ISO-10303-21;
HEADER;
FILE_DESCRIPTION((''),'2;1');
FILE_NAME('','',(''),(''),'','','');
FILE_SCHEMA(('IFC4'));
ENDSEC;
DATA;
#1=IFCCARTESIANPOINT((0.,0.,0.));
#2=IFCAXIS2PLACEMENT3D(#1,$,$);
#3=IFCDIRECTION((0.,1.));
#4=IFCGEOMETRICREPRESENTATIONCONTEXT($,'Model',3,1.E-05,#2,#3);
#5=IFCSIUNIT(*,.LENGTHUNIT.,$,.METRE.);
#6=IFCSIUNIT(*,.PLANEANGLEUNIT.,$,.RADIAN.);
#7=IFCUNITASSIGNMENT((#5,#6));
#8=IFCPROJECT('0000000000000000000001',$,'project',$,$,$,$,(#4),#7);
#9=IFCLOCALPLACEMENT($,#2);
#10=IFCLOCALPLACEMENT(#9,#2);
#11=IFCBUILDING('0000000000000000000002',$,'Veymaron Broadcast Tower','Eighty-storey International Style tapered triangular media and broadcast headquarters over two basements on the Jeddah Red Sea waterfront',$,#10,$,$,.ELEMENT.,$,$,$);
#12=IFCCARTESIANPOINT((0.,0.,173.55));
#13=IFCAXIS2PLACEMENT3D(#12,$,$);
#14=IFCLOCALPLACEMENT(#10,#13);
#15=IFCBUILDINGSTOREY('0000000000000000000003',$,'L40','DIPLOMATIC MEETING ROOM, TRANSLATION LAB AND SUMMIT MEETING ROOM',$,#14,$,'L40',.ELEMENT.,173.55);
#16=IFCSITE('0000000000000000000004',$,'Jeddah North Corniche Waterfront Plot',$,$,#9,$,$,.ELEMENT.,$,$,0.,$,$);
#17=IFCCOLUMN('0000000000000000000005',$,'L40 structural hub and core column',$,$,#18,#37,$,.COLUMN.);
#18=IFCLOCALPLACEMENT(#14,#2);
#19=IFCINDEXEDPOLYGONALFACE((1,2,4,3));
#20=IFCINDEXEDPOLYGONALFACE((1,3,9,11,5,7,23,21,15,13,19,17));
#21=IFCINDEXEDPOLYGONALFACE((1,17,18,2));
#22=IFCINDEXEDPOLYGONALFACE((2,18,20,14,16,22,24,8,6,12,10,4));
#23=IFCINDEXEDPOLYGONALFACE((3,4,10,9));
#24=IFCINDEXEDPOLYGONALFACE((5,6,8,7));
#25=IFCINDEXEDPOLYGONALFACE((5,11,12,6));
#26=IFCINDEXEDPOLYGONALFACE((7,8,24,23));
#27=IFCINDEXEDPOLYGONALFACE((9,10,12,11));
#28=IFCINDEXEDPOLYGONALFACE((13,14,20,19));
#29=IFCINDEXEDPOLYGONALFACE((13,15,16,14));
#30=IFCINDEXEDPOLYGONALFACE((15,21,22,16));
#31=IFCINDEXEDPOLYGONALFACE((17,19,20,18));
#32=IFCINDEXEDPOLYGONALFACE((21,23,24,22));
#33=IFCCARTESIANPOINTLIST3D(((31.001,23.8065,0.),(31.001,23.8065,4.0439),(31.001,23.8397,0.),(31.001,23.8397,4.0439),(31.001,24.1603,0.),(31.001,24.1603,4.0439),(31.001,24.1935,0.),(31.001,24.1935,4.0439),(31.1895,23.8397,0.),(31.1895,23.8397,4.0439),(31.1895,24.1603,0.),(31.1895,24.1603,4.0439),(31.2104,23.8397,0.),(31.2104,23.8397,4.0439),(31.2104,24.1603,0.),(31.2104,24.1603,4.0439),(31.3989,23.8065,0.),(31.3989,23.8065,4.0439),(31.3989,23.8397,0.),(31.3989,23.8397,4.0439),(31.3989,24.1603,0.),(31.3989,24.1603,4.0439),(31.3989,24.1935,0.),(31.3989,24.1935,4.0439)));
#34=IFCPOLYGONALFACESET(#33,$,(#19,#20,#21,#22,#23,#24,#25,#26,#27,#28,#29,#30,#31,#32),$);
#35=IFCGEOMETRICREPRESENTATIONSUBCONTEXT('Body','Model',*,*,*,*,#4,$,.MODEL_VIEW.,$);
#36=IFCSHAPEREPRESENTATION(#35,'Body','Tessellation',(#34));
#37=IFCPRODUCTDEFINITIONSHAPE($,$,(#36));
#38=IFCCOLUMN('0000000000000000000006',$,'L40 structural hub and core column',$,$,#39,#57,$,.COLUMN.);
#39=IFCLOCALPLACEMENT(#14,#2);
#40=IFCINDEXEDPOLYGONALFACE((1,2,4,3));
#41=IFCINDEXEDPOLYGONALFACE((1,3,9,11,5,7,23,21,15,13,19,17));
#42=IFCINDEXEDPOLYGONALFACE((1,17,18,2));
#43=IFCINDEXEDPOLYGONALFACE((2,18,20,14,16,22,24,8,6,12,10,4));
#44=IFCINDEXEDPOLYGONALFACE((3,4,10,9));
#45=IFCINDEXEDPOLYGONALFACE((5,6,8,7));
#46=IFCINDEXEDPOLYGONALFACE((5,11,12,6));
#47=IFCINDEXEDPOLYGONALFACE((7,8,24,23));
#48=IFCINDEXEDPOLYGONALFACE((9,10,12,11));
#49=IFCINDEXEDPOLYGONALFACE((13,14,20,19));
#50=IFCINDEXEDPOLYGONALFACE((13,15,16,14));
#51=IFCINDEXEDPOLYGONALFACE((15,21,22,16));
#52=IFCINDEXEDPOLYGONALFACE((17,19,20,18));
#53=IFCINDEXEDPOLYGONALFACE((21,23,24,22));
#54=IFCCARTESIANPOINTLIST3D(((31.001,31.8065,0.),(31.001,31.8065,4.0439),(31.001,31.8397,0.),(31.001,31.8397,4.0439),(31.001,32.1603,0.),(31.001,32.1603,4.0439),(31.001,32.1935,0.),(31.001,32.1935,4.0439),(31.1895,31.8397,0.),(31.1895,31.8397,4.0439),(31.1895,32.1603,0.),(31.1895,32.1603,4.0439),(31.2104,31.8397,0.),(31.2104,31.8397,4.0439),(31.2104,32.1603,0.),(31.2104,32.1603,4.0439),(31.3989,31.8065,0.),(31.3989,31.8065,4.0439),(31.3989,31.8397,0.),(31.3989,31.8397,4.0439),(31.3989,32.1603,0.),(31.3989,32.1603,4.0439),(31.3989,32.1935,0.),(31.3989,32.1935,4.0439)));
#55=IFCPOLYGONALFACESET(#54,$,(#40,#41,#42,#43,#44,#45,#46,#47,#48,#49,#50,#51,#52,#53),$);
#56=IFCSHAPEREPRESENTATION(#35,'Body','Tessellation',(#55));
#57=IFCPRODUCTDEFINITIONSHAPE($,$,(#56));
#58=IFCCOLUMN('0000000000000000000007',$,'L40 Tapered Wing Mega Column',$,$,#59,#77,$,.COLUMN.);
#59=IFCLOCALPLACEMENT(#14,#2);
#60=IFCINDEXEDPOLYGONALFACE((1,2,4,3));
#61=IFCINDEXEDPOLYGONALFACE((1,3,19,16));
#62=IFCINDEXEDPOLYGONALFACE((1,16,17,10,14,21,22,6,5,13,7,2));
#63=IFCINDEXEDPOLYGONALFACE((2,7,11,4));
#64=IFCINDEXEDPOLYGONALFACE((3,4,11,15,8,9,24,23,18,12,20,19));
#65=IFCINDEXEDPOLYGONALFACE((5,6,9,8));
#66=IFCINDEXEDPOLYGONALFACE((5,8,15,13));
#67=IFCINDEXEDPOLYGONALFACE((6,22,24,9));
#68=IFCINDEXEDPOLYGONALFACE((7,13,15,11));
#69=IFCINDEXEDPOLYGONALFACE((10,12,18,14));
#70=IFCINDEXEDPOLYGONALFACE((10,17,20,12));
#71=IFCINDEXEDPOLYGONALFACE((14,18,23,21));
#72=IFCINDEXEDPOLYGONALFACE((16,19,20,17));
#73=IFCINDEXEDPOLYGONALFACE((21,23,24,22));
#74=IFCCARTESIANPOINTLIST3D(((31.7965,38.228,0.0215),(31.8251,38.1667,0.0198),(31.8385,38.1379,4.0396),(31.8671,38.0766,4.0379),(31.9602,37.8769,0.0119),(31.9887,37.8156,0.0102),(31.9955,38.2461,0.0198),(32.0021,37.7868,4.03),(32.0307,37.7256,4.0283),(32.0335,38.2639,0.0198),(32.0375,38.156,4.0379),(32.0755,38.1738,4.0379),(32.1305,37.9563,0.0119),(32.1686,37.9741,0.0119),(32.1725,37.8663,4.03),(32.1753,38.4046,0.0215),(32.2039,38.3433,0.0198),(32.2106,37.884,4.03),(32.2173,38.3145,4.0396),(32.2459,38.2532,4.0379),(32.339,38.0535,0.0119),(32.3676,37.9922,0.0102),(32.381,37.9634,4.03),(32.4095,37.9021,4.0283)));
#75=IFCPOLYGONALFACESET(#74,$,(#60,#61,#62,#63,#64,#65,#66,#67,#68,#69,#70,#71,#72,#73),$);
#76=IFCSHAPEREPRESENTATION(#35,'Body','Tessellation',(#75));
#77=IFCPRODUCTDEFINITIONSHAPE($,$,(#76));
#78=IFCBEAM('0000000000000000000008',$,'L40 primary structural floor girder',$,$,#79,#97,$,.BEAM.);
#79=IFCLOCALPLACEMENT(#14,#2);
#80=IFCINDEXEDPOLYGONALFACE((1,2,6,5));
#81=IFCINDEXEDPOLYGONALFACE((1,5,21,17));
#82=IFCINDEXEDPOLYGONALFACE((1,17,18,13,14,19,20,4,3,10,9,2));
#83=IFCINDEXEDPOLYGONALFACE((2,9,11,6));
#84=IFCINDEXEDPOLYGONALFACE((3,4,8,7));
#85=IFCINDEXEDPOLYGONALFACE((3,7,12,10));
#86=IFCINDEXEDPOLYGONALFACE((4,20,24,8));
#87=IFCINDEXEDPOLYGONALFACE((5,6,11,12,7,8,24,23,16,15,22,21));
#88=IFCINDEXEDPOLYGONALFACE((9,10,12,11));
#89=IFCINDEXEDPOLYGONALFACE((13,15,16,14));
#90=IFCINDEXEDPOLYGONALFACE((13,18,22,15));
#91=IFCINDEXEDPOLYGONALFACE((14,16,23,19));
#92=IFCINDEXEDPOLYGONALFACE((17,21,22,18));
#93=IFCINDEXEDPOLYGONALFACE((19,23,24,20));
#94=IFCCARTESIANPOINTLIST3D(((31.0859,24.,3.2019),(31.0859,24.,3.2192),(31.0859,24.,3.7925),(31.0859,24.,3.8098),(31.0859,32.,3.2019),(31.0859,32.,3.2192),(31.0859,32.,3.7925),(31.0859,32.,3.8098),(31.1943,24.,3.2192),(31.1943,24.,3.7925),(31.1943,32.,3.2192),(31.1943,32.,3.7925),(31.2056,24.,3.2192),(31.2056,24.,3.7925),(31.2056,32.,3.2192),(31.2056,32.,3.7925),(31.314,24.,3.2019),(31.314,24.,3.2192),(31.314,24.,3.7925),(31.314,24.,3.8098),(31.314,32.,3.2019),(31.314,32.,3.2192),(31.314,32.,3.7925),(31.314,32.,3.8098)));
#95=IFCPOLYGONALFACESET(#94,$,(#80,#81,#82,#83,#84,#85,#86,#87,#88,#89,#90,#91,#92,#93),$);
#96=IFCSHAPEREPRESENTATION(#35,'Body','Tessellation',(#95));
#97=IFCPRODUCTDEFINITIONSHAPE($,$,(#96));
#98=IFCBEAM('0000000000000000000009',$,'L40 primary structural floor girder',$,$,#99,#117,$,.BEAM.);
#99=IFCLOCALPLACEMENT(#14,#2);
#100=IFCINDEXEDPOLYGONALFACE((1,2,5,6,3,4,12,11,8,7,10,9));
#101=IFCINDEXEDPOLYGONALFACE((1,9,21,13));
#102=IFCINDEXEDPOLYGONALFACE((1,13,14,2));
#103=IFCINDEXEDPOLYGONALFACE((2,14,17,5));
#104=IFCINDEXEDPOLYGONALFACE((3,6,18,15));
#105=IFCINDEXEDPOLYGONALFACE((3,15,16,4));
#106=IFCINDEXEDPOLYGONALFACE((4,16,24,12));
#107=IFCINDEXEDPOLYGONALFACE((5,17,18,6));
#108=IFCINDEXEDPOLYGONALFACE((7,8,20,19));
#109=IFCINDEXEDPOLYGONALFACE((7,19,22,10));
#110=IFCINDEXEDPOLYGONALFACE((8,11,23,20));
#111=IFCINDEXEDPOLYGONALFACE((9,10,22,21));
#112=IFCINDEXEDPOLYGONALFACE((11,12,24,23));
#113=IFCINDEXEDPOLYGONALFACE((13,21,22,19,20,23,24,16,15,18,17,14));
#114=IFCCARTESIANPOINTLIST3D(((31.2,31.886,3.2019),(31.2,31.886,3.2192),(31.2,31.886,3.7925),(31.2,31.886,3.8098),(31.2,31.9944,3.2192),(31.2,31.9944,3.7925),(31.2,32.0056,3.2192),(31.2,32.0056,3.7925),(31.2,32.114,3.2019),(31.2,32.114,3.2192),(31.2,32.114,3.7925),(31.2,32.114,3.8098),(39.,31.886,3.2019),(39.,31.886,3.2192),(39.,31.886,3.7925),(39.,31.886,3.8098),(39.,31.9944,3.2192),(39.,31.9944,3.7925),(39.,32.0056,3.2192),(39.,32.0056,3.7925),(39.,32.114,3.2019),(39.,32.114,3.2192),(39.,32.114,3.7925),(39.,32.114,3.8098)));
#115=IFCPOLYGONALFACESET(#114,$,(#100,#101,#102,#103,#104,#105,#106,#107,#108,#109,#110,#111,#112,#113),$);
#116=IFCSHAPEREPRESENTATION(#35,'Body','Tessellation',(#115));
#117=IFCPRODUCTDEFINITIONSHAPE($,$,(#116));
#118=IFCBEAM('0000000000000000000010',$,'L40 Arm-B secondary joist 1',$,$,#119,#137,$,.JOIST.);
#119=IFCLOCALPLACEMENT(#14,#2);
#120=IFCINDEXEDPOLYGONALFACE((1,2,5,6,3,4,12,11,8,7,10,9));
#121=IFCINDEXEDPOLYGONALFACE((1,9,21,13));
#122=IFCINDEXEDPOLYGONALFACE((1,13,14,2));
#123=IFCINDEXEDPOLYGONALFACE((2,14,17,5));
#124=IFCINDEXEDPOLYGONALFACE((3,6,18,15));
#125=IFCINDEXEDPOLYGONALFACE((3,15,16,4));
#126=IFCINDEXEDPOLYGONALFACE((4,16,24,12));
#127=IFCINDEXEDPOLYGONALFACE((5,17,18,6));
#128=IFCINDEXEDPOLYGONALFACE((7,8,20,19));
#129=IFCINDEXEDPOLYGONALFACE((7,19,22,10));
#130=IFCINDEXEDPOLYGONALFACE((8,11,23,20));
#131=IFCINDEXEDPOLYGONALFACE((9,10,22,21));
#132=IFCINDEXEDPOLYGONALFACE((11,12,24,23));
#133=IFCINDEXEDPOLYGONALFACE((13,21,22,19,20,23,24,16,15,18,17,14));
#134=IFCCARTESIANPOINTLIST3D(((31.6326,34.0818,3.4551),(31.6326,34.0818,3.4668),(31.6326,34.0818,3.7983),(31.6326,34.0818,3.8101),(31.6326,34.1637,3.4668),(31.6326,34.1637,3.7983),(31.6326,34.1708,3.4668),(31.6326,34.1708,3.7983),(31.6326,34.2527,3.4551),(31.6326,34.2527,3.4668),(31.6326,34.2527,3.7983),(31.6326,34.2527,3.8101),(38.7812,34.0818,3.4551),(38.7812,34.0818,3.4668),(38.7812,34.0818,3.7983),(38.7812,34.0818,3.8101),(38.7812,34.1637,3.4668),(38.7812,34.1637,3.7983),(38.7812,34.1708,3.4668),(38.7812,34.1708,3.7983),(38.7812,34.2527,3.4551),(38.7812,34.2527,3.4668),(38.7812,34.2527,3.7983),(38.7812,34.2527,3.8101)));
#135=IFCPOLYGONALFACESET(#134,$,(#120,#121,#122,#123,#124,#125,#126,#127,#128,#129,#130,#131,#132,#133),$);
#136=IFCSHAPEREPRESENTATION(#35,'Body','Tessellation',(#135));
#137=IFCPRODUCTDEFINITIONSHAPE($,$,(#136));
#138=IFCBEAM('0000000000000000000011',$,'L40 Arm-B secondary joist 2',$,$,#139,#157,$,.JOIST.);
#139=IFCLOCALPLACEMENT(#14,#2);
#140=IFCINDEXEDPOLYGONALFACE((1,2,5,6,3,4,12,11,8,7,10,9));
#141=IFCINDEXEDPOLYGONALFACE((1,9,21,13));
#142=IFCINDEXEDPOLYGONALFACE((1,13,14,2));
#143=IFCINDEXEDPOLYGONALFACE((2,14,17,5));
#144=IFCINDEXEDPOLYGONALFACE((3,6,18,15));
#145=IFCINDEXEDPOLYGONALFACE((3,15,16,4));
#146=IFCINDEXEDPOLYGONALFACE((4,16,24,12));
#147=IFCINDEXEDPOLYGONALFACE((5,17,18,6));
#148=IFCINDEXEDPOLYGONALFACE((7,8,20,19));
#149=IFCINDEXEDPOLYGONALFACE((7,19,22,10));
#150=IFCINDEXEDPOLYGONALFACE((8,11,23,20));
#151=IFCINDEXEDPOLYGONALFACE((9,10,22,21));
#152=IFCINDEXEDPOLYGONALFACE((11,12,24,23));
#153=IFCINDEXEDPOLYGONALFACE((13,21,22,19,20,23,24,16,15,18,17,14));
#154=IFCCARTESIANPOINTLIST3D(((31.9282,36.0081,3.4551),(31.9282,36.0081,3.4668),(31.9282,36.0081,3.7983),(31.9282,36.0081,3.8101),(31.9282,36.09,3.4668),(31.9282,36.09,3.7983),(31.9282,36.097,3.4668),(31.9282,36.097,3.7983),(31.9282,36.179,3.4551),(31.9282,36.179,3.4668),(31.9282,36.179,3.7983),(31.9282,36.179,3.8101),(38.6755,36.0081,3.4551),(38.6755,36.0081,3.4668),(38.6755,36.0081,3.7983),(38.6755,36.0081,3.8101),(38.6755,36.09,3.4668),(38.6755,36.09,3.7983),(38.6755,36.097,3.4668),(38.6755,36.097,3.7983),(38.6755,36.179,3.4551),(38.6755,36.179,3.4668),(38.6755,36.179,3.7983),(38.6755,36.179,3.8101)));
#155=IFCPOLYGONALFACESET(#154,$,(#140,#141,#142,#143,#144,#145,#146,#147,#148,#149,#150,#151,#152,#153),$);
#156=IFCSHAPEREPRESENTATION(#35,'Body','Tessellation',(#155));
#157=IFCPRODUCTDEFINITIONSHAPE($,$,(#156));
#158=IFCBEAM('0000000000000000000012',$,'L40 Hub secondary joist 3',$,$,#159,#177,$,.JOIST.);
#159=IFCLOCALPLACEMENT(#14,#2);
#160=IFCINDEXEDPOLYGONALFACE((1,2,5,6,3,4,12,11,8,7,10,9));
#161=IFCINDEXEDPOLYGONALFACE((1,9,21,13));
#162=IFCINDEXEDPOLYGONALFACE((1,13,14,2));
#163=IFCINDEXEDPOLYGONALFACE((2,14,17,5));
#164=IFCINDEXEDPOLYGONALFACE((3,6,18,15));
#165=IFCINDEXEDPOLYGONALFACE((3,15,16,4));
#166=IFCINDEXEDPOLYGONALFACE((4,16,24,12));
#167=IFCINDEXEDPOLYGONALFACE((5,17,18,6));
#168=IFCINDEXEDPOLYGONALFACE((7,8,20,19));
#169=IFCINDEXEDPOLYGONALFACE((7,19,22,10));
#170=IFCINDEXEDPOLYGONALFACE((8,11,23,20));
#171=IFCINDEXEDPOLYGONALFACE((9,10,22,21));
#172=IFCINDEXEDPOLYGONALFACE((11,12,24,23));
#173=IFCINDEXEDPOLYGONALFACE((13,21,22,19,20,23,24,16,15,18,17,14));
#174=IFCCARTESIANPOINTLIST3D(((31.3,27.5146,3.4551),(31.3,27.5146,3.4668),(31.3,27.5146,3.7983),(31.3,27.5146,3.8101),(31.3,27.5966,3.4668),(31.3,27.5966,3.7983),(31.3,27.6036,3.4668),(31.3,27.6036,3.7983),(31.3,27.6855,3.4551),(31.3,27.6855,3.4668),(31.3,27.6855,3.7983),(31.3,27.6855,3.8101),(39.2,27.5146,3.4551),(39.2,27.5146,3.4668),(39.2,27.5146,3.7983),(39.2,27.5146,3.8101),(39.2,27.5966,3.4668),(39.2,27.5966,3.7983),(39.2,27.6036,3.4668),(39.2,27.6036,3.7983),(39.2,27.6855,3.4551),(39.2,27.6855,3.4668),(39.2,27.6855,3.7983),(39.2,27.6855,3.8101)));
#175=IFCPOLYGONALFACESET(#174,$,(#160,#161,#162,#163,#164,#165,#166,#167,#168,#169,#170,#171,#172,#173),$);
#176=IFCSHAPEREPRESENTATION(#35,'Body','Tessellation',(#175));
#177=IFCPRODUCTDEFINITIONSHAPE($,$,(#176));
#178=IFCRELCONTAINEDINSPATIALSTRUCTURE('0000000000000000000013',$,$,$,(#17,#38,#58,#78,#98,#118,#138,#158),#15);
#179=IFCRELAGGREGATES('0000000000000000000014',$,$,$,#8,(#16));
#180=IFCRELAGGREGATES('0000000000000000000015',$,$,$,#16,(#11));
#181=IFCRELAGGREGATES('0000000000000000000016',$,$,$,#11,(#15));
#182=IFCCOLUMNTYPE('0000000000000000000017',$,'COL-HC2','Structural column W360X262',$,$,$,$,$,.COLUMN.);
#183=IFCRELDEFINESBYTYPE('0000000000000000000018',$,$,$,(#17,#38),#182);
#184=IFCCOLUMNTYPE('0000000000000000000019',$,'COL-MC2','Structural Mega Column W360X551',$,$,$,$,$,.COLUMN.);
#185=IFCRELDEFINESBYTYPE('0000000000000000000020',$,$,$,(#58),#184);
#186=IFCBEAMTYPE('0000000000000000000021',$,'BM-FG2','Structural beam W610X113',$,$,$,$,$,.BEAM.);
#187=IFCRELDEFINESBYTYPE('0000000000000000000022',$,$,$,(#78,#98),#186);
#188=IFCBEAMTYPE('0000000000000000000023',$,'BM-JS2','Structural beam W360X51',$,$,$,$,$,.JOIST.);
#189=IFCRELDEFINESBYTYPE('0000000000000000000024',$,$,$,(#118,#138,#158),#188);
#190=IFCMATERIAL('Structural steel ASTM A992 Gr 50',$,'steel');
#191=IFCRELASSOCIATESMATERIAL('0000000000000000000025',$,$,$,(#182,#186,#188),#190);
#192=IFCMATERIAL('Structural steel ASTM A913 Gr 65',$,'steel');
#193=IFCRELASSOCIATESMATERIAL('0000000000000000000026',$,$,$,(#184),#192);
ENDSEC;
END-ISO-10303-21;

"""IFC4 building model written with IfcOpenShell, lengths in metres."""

from ifc_helpers import new_model, si_unit, direction, frame, origin, origin_2d, place, context, subcontext, project, spatial, i_section, extrude, material, material_profile, profile_set, type_object, element, save


model = new_model("IFC4")

# Units and contexts
model_context = context("Model", 3, precision=1e-05, world=origin(), true_north=direction((0.0, 1.0)))
body_context = subcontext(model_context, "Body", "Model", "MODEL_VIEW")
ifc_project = project(units=[si_unit("LENGTHUNIT", "METRE"), si_unit("PLANEANGLEUNIT", "RADIAN")], contexts=[model_context])

# Site, building, storey
site_placement = place(None, origin())
site = spatial("IfcSite", under=ifc_project, at=site_placement, Name="Jeddah North Corniche Waterfront Plot", CompositionType="ELEMENT", RefElevation=0.0)
building_placement = place(site_placement, origin())
building = spatial("IfcBuilding", under=site, at=building_placement, Name="Veymaron Broadcast Tower", Description="Eighty-storey International Style tapered triangular media and broadcast headquarters over two basements on the Jeddah Red Sea waterfront", CompositionType="ELEMENT")
storey_placement = place(building_placement, frame((0.0, 0.0, 173.55)))
storey = spatial("IfcBuildingStorey", under=building, at=storey_placement, Name="L40", Description="DIPLOMATIC MEETING ROOM, TRANSLATION LAB AND SUMMIT MEETING ROOM", LongName="L40", CompositionType="ELEMENT", Elevation=173.55)

# Columns
ifc_material_1 = material(Name="Structural steel ASTM A992 Gr 50", Category="steel")
ifc_material_profile_1 = material_profile(ifc_material_1, i_section(OverallWidth=0.3979, OverallDepth=0.387, WebThickness=0.021, FlangeThickness=0.0332, at=origin_2d()), Name="W360X262")
ifc_profile_set_1 = profile_set([ifc_material_profile_1], Name="Structural steel ASTM A992 Gr 50")
column_type_1 = type_object("IfcColumnType", Name="COL-HC2", Description="Structural column W360X262", PredefinedType="COLUMN", material=ifc_profile_set_1)
for number, where, z_axis, x_axis, name in (
    (1, (31.2, 24.0, 0.0), (0.0, 0.0, 1.0), (1.0, 0.0, 0.0), "L40 structural hub and core column"),
    (2, (31.2, 32.0, 0.0), (0.0, 0.0, 1.0), (1.0, 0.0, 0.0), "L40 structural hub and core column"),
):
    element("IfcColumn", number, at=place(storey_placement, frame(where, z_axis=z_axis, x_axis=x_axis)), inside=storey, type_object=column_type_1, Name=name, PredefinedType="COLUMN", context=body_context, shape_type="SweptSolid", body=[
        extrude(i_section(OverallWidth=0.3979, OverallDepth=0.387, WebThickness=0.021, FlangeThickness=0.0332, at=origin_2d()), origin(), (0.0, 0.0, 1.0), 4.0439),
    ])
ifc_material_2 = material(Name="Structural steel ASTM A913 Gr 65", Category="steel")
ifc_material_profile_2 = material_profile(ifc_material_2, i_section(OverallWidth=0.418, OverallDepth=0.4551, WebThickness=0.042, FlangeThickness=0.0676, at=origin_2d()), Name="W360X551")
ifc_profile_set_2 = profile_set([ifc_material_profile_2], Name="Structural steel ASTM A913 Gr 65")
column_type_2 = type_object("IfcColumnType", Name="COL-MC2", Description="Structural Mega Column W360X551", PredefinedType="COLUMN", material=ifc_profile_set_2)
column_placement = place(storey_placement, frame((32.082, 38.1101, 0.0159), z_axis=(0.010448, -0.022414, 0.999694), x_axis=(0.906371, 0.422482, 0.0)))
element("IfcColumn", 3, at=column_placement, inside=storey, type_object=column_type_2, Name="L40 Tapered Wing Mega Column", PredefinedType="COLUMN", context=body_context, shape_type="SweptSolid", body=[
    extrude(i_section(OverallWidth=0.418, OverallDepth=0.4551, WebThickness=0.042, FlangeThickness=0.0676, at=origin_2d()), origin(), (0.0, 0.0, 1.0), 4.0193),
])

# Beams
ifc_material_profile_3 = material_profile(ifc_material_1, i_section(OverallWidth=0.228, OverallDepth=0.6079, WebThickness=0.0112, FlangeThickness=0.0173, at=origin_2d()), Name="W610X113")
ifc_profile_set_3 = profile_set([ifc_material_profile_3], Name="Structural steel ASTM A992 Gr 50")
beam_type_1 = type_object("IfcBeamType", Name="BM-FG2", Description="Structural beam W610X113", PredefinedType="BEAM", material=ifc_profile_set_3)
beam_1_placement = place(storey_placement, frame((31.2, 24.0, 3.5059), z_axis=(0.0, 1.0, 0.0), x_axis=(-1.0, 0.0, 0.0)))
element("IfcBeam", 4, at=beam_1_placement, inside=storey, type_object=beam_type_1, Name="L40 primary structural floor girder", PredefinedType="BEAM", context=body_context, shape_type="SweptSolid", body=[
    extrude(i_section(OverallWidth=0.228, OverallDepth=0.6079, WebThickness=0.0112, FlangeThickness=0.0173, at=origin_2d()), origin(), (0.0, 0.0, 1.0), 8.0),
])
beam_2_placement = place(storey_placement, frame((31.2, 32.0, 3.5059), z_axis=(1.0, 0.0, 0.0), x_axis=(0.0, 1.0, 0.0)))
element("IfcBeam", 5, at=beam_2_placement, inside=storey, type_object=beam_type_1, Name="L40 primary structural floor girder", PredefinedType="BEAM", context=body_context, shape_type="SweptSolid", body=[
    extrude(i_section(OverallWidth=0.228, OverallDepth=0.6079, WebThickness=0.0112, FlangeThickness=0.0173, at=origin_2d()), origin(), (0.0, 0.0, 1.0), 7.8),
])
ifc_material_profile_4 = material_profile(ifc_material_1, i_section(OverallWidth=0.1709, OverallDepth=0.355, WebThickness=0.0071, FlangeThickness=0.0117, at=origin_2d()), Name="W360X51")
ifc_profile_set_4 = profile_set([ifc_material_profile_4], Name="Structural steel ASTM A992 Gr 50")
beam_type_2 = type_object("IfcBeamType", Name="BM-JS2", Description="Structural beam W360X51", PredefinedType="JOIST", material=ifc_profile_set_4)
beam_3_placement = place(storey_placement, frame((31.6326, 34.1672, 3.6326), z_axis=(1.0, 0.0, 0.0), x_axis=(0.0, 1.0, 0.0)))
element("IfcBeam", 6, at=beam_3_placement, inside=storey, type_object=beam_type_2, Name="L40 Arm-B secondary joist 1", PredefinedType="JOIST", context=body_context, shape_type="SweptSolid", body=[
    extrude(i_section(OverallWidth=0.1709, OverallDepth=0.355, WebThickness=0.0071, FlangeThickness=0.0117, at=origin_2d()), origin(), (0.0, 0.0, 1.0), 7.1487),
])
beam_4_placement = place(storey_placement, frame((31.9282, 36.0935, 3.6326), z_axis=(1.0, 0.0, 0.0), x_axis=(0.0, 1.0, 0.0)))
element("IfcBeam", 7, at=beam_4_placement, inside=storey, type_object=beam_type_2, Name="L40 Arm-B secondary joist 2", PredefinedType="JOIST", context=body_context, shape_type="SweptSolid", body=[
    extrude(i_section(OverallWidth=0.1709, OverallDepth=0.355, WebThickness=0.0071, FlangeThickness=0.0117, at=origin_2d()), origin(), (0.0, 0.0, 1.0), 6.7473),
])
for number, where, z_axis, x_axis, name in (
    (8, (31.3, 27.6001, 3.6326), (1.0, 0.0, 0.0), (0.0, 1.0, 0.0), "L40 Hub secondary joist 3"),
):
    element("IfcBeam", number, at=place(storey_placement, frame(where, z_axis=z_axis, x_axis=x_axis)), inside=storey, type_object=beam_type_2, Name=name, PredefinedType="JOIST", context=body_context, shape_type="SweptSolid", body=[
        extrude(i_section(OverallWidth=0.1709, OverallDepth=0.355, WebThickness=0.0071, FlangeThickness=0.0117, at=origin_2d()), origin(), (0.0, 0.0, 1.0), 7.8999),
    ])

save(model, "model.ifc")
